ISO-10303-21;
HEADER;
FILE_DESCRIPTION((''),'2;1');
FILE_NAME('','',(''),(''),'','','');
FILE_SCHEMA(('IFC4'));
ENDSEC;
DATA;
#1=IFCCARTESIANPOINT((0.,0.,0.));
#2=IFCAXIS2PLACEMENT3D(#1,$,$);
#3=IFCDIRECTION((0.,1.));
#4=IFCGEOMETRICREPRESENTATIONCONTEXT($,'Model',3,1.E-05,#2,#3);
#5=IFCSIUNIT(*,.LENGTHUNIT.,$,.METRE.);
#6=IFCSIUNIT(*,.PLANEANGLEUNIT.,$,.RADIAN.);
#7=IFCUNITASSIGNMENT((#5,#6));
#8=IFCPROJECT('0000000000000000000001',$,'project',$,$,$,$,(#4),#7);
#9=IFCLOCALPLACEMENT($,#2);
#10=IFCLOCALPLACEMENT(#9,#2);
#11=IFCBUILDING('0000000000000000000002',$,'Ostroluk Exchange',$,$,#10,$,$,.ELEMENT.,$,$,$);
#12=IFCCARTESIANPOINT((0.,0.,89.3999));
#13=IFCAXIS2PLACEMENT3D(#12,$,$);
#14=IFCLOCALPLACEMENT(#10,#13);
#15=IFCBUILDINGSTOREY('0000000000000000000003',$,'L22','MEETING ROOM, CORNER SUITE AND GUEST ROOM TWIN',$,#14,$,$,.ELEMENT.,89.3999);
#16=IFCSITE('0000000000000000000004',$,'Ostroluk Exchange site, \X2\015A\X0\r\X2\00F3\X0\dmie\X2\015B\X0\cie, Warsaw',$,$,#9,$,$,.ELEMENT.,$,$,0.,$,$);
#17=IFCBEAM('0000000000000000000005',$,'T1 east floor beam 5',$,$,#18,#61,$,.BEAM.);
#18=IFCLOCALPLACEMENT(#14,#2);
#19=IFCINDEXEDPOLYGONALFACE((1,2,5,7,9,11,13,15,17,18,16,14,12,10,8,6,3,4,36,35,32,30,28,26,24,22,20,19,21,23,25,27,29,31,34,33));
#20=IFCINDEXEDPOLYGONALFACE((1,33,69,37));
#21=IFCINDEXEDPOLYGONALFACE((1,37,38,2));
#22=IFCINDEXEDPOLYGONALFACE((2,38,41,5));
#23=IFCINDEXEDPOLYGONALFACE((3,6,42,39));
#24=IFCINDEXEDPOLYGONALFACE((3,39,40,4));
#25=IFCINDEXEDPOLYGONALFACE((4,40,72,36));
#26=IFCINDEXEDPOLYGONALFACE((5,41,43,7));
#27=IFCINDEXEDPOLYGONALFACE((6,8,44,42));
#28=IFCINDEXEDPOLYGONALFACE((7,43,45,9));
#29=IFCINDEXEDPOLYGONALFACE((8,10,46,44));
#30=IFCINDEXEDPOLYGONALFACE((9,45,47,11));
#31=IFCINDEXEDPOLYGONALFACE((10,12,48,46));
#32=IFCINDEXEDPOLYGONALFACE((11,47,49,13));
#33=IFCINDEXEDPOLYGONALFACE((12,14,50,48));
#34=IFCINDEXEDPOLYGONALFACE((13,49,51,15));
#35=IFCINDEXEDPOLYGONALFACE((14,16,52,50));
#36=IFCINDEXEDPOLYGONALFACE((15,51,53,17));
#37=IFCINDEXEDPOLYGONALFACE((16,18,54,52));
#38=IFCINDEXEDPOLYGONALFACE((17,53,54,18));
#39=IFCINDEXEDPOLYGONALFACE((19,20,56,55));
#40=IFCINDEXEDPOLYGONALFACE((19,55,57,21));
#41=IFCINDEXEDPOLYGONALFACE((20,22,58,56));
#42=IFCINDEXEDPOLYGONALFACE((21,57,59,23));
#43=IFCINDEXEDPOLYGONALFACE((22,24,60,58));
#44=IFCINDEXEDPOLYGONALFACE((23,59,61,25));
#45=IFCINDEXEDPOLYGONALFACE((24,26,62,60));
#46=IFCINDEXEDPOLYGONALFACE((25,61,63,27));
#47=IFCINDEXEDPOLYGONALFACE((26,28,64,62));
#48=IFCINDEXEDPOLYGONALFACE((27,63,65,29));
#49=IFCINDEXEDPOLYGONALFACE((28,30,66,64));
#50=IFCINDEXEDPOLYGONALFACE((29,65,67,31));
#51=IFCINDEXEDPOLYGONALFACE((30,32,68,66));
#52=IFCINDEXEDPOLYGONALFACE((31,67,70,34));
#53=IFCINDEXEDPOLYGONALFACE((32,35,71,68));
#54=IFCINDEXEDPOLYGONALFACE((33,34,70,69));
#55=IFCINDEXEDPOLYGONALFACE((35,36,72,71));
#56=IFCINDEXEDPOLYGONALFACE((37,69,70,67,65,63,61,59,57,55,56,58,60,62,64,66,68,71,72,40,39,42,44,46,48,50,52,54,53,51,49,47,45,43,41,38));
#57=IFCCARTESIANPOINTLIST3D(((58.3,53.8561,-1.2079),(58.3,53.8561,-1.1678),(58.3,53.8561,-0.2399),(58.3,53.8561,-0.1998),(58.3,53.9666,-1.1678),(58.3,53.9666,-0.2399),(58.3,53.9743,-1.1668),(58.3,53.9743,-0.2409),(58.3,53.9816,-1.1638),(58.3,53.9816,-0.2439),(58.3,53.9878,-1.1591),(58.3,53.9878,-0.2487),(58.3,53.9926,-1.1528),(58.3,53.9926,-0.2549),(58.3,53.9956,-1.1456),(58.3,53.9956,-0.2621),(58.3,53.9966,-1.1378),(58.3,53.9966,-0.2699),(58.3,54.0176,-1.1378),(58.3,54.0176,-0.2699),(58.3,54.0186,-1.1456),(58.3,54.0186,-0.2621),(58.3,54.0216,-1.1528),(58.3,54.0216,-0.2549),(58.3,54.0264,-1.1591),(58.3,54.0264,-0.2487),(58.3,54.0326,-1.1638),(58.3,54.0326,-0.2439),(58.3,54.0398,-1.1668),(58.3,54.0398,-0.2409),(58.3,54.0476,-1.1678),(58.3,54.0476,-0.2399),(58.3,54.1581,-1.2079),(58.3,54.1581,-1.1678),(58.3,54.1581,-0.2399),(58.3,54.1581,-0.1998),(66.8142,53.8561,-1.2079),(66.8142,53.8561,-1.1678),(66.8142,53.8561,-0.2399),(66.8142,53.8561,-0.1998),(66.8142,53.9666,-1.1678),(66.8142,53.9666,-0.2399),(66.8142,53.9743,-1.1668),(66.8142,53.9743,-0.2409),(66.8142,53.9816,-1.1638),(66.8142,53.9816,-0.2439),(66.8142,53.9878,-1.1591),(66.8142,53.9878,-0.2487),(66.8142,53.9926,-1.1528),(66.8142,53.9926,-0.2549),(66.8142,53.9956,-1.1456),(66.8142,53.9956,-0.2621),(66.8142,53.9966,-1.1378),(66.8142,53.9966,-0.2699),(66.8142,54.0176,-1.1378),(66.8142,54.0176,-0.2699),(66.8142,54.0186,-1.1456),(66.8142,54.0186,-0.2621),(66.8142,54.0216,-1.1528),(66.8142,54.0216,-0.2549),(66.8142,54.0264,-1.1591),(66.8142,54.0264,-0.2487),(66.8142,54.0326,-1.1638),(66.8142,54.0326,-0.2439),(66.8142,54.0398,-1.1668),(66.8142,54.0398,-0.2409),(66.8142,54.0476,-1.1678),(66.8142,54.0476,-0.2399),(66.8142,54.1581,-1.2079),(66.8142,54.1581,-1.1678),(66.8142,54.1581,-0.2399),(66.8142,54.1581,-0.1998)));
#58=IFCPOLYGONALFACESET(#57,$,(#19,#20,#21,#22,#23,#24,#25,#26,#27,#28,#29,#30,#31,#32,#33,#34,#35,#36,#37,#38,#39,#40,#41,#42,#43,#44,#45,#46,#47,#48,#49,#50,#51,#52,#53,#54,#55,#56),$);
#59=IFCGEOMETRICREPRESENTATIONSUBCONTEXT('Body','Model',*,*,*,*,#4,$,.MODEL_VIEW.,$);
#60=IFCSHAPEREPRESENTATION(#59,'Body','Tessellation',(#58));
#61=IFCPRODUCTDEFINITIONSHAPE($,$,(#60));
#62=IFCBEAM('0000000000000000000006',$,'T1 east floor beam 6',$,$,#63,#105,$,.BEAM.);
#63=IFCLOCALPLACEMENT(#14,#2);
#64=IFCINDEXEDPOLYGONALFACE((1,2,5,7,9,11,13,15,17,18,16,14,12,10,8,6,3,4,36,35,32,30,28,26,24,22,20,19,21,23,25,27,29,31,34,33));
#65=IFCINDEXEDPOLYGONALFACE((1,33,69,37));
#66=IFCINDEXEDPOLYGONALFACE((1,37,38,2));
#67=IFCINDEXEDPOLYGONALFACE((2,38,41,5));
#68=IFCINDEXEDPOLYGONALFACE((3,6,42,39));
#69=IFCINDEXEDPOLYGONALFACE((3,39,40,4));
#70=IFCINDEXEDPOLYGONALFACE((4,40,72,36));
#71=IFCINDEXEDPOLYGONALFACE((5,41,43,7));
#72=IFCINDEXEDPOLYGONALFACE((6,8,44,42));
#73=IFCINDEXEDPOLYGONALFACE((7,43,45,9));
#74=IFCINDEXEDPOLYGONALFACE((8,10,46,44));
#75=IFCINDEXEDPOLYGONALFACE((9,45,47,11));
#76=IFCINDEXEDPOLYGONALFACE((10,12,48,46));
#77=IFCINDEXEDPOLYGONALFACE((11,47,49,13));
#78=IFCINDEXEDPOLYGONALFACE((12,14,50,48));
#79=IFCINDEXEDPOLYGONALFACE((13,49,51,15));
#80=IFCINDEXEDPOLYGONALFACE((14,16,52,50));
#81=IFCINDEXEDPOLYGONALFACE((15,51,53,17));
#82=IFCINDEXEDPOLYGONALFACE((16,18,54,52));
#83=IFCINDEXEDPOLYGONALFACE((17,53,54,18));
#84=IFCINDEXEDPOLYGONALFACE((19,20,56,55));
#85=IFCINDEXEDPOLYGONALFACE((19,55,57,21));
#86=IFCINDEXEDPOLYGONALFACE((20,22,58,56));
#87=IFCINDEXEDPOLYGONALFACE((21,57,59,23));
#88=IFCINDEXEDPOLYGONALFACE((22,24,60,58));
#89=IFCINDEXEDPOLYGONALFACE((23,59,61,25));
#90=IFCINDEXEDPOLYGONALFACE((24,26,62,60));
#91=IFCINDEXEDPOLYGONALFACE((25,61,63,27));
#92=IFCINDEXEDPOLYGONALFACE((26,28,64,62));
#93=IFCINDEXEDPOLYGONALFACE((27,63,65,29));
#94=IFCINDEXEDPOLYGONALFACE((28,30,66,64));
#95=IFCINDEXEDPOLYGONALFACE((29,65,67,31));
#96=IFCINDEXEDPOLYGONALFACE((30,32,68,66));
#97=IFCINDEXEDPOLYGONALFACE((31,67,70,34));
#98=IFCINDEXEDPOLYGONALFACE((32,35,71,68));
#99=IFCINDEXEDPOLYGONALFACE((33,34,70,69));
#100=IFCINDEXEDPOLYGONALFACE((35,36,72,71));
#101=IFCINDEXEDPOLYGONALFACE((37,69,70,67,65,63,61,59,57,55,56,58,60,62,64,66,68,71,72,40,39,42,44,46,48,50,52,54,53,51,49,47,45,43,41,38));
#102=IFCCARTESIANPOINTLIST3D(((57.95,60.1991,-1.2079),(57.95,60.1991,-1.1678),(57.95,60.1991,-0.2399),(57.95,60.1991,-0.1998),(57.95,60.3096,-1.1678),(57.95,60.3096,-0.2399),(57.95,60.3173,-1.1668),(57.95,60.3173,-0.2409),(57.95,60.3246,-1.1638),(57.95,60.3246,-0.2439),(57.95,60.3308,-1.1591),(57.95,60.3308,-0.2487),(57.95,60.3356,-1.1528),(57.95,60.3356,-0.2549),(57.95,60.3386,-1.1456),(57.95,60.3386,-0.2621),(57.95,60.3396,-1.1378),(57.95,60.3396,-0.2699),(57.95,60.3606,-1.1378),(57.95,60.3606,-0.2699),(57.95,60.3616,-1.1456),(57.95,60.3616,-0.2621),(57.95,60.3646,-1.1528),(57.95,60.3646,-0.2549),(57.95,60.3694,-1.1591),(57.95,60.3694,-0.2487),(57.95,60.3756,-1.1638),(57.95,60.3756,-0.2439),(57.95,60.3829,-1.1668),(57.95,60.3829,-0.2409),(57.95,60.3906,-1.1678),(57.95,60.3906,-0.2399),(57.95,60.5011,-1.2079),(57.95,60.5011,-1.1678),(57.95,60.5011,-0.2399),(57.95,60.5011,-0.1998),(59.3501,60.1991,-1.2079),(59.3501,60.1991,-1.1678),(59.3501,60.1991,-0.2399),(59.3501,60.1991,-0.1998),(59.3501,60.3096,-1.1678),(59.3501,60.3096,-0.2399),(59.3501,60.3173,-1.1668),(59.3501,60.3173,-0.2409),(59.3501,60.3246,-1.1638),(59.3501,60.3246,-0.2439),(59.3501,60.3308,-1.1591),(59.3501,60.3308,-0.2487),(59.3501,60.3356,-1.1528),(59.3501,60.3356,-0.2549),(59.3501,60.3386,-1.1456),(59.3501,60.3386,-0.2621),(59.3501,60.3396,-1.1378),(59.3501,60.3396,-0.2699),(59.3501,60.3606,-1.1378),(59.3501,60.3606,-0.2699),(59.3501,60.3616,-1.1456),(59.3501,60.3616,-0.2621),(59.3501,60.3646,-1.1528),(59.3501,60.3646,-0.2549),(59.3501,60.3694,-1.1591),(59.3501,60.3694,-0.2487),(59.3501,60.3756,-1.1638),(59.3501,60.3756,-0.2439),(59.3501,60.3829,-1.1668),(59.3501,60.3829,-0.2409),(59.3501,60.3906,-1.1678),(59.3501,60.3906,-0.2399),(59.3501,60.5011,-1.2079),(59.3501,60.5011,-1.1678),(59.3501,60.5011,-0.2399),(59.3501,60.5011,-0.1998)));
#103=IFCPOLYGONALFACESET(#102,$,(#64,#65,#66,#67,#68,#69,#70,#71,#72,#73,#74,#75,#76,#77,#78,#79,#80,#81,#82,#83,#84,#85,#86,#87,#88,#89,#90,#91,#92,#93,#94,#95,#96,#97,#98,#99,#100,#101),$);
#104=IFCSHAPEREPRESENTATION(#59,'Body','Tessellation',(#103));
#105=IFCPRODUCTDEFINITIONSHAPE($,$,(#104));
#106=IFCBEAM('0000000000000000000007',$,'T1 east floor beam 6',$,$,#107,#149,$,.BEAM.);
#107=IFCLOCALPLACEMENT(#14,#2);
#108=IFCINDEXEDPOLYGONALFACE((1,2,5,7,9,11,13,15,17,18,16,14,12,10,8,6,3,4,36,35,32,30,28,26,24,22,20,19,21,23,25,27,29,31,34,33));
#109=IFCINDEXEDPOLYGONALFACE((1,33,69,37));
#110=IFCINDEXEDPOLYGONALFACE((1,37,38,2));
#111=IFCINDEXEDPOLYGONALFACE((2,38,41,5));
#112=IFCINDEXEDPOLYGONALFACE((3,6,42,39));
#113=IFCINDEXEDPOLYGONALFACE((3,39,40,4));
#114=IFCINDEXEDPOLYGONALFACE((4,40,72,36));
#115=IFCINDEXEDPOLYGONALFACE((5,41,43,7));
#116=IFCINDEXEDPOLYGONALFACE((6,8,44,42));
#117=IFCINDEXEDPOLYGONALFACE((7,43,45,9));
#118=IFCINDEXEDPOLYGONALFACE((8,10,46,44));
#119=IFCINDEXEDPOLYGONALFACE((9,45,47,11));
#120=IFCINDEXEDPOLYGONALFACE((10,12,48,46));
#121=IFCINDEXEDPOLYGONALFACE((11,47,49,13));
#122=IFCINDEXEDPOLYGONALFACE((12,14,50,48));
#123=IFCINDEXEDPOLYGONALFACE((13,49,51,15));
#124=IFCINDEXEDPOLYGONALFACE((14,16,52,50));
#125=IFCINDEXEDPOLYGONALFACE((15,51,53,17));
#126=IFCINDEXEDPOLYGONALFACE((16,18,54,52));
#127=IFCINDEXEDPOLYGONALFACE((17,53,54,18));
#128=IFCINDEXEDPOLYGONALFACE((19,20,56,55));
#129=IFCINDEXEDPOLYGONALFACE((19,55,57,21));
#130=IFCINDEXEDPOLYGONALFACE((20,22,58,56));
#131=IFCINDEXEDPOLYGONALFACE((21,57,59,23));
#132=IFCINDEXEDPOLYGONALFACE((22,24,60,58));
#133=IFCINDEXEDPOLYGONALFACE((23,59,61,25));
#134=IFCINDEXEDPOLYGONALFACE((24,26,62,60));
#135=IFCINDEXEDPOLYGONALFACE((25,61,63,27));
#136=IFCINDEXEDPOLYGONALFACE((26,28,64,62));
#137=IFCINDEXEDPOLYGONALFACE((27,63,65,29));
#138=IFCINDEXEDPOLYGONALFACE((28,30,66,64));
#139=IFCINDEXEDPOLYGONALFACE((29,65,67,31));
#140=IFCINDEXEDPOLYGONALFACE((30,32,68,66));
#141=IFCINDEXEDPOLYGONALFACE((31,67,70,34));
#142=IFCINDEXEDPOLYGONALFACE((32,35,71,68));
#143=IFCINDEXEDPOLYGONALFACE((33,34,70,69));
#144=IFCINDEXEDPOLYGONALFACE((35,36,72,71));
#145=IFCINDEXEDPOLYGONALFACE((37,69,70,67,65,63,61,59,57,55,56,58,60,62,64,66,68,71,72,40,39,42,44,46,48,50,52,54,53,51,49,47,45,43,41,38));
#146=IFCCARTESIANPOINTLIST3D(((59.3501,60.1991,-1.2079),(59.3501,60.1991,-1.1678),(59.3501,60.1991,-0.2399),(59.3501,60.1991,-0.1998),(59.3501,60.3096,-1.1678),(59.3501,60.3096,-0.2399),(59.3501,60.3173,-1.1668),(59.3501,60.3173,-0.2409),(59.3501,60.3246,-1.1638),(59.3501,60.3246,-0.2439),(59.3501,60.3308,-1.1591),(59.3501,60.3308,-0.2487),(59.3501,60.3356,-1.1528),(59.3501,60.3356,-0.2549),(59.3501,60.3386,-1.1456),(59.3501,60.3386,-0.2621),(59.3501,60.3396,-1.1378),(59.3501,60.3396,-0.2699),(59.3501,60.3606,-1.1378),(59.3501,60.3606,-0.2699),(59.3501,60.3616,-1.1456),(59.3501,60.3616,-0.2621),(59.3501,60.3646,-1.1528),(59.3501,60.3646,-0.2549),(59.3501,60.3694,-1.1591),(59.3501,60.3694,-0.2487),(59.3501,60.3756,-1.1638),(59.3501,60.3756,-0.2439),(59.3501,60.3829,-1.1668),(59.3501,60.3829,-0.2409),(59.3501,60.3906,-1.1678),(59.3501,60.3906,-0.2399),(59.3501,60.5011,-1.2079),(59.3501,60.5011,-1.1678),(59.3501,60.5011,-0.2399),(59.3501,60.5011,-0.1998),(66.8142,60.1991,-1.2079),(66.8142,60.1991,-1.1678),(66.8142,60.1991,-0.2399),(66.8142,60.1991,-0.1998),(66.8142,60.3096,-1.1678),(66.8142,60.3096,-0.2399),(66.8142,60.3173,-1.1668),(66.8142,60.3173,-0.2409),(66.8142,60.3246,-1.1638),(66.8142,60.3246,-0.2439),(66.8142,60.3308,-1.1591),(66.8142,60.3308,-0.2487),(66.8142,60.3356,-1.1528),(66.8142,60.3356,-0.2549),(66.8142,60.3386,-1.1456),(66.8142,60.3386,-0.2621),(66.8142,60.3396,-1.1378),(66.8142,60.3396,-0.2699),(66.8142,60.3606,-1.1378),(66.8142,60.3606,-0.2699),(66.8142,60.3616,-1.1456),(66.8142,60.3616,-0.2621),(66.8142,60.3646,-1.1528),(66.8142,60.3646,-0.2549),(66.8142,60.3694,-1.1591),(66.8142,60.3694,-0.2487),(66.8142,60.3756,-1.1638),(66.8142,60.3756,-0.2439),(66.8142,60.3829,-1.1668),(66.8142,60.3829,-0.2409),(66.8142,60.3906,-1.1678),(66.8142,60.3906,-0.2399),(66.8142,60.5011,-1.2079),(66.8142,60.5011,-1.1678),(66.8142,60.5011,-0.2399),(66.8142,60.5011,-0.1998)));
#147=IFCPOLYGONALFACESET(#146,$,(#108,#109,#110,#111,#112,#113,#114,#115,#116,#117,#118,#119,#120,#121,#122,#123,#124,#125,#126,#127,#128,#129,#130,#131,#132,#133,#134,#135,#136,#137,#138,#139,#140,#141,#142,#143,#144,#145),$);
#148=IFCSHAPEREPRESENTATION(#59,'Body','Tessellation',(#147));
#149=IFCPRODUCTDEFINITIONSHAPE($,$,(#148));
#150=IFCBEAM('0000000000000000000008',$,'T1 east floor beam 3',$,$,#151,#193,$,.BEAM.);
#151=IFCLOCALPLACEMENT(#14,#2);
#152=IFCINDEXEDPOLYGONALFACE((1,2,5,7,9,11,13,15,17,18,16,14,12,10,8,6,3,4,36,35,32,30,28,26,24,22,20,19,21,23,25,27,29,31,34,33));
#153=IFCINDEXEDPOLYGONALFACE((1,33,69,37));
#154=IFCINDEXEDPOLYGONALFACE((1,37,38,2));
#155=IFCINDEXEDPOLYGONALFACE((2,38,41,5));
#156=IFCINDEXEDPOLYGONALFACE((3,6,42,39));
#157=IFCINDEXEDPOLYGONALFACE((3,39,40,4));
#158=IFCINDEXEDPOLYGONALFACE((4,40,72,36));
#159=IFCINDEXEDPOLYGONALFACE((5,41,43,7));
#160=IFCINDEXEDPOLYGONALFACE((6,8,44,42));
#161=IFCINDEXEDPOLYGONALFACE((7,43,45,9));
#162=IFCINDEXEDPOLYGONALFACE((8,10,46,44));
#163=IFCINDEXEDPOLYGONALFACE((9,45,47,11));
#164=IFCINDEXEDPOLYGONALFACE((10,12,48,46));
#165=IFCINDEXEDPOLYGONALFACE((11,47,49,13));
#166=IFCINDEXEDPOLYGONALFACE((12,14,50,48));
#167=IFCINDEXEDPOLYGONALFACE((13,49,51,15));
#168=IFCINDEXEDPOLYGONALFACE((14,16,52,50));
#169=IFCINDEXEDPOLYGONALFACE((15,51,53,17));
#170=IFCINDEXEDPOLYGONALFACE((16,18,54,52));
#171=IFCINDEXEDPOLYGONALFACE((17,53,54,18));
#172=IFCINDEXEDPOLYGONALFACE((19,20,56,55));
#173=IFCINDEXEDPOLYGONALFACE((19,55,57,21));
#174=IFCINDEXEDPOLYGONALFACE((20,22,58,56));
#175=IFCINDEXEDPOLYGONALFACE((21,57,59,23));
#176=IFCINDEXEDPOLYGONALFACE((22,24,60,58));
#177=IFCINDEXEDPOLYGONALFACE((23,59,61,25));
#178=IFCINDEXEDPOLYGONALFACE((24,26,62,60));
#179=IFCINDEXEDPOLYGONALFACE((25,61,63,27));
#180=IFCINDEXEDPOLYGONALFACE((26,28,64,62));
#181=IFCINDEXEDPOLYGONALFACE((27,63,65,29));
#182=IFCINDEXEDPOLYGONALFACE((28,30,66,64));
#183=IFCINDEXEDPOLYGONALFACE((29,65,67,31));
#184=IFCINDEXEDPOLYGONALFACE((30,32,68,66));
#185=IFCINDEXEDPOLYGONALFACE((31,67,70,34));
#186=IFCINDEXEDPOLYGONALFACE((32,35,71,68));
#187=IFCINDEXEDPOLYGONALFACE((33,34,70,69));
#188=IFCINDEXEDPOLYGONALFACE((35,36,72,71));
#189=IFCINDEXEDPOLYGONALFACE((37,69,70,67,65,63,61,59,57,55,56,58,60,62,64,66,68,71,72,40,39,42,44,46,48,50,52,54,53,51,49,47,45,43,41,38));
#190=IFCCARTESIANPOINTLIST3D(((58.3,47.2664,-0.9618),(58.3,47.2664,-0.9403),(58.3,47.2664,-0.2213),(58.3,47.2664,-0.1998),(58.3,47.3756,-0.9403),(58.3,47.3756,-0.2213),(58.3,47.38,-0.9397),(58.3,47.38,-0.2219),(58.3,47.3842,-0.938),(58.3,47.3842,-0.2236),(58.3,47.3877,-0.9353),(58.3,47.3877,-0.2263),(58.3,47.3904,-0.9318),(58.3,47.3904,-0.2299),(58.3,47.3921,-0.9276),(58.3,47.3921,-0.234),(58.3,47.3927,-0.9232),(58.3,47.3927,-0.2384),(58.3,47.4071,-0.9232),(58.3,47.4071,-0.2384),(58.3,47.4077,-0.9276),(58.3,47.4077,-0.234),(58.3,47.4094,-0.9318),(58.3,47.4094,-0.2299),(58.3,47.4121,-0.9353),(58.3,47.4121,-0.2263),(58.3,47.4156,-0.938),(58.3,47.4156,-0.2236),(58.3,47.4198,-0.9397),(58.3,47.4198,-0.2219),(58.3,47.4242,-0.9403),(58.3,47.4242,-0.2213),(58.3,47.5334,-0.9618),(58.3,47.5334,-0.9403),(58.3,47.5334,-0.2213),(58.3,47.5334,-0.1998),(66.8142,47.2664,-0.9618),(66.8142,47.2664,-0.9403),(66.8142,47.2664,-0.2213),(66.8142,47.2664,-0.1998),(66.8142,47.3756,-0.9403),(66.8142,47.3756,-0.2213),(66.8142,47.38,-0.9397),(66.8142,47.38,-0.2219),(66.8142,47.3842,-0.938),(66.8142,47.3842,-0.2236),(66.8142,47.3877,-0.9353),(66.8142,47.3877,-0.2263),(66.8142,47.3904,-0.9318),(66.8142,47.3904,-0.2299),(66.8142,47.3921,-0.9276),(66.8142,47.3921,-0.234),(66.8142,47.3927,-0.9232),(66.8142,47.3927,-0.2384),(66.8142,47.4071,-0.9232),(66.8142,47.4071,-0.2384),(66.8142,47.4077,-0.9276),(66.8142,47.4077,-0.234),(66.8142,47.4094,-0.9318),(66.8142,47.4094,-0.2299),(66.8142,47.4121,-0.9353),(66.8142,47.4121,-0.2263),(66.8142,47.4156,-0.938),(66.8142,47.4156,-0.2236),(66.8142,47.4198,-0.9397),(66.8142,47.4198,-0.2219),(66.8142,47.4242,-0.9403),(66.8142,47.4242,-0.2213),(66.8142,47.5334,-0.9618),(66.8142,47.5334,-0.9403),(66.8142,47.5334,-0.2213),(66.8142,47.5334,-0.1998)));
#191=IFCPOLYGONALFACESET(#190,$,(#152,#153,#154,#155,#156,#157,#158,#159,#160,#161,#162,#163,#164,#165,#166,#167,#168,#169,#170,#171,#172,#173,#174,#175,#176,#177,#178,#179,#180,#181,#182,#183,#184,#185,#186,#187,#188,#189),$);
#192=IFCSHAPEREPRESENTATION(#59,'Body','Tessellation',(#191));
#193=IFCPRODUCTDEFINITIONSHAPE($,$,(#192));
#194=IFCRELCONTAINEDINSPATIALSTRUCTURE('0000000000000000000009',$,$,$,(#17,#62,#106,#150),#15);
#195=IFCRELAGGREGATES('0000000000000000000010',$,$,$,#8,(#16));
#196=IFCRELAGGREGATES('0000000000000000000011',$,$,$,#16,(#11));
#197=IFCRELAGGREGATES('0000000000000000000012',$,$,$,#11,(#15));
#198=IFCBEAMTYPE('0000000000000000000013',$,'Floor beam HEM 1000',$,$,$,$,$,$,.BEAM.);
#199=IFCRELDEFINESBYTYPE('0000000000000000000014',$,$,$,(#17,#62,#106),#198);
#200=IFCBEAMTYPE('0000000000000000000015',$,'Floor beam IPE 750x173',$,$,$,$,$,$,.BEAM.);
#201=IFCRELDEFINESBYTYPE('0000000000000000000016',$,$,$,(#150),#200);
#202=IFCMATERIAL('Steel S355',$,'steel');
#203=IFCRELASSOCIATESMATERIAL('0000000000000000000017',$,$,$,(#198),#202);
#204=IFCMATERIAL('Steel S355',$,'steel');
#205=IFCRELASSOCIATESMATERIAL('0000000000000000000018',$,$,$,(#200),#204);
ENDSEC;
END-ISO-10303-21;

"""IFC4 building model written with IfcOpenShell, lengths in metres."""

from ifc_helpers import new_model, si_unit, direction, frame, origin, origin_2d, place, context, subcontext, project, spatial, i_section, extrude, material, material_profile, profile_set, type_object, element, save


model = new_model("IFC4")

# Units and contexts
model_context = context("Model", 3, precision=1e-05, world=origin(), true_north=direction((0.0, 1.0)))
body_context = subcontext(model_context, "Body", "Model", "MODEL_VIEW")
ifc_project = project(units=[si_unit("LENGTHUNIT", "METRE"), si_unit("PLANEANGLEUNIT", "RADIAN")], contexts=[model_context])

# Site, building, storey
site_placement = place(None, origin())
site = spatial("IfcSite", under=ifc_project, at=site_placement, Name="Ostroluk Exchange site, Śródmieście, Warsaw", CompositionType="ELEMENT", RefElevation=0.0)
building_placement = place(site_placement, origin())
building = spatial("IfcBuilding", under=site, at=building_placement, Name="Ostroluk Exchange", CompositionType="ELEMENT")
storey_placement = place(building_placement, frame((0.0, 0.0, 89.3999)))
storey = spatial("IfcBuildingStorey", under=building, at=storey_placement, Name="L22", Description="MEETING ROOM, CORNER SUITE AND GUEST ROOM TWIN", CompositionType="ELEMENT", Elevation=89.3999)

# Beams
ifc_material_1 = material(Name="Steel S355", Category="steel")
ifc_material_profile_1 = material_profile(ifc_material_1, i_section(OverallWidth=0.302, OverallDepth=1.0081, WebThickness=0.021, FlangeThickness=0.04, FilletRadius=0.03, at=origin_2d()), Name="HEM 1000")
ifc_profile_set_1 = profile_set([ifc_material_profile_1], Name="Steel S355")
beam_type_1 = type_object("IfcBeamType", Name="Floor beam HEM 1000", PredefinedType="BEAM", material=ifc_profile_set_1)
beam_1_placement = place(storey_placement, frame((58.3, 54.0071, -0.7039), z_axis=(1.0, 0.0, 0.0), x_axis=(0.0, 1.0, 0.0)))
element("IfcBeam", 1, at=beam_1_placement, inside=storey, type_object=beam_type_1, Name="T1 east floor beam 5", PredefinedType="BEAM", context=body_context, shape_type="SweptSolid", body=[
    extrude(i_section(OverallWidth=0.302, OverallDepth=1.0081, WebThickness=0.021, FlangeThickness=0.04, FilletRadius=0.03, at=origin_2d()), origin(), (0.0, 0.0, 1.0), 8.5142),
])
beam_2_placement = place(storey_placement, frame((57.95, 60.3501, -0.7039), z_axis=(1.0, 0.0, 0.0), x_axis=(0.0, 1.0, 0.0)))
element("IfcBeam", 2, at=beam_2_placement, inside=storey, type_object=beam_type_1, Name="T1 east floor beam 6", PredefinedType="BEAM", context=body_context, shape_type="SweptSolid", body=[
    extrude(i_section(OverallWidth=0.302, OverallDepth=1.0081, WebThickness=0.021, FlangeThickness=0.04, FilletRadius=0.03, at=origin_2d()), origin(), (0.0, 0.0, 1.0), 1.4001),
])
beam_3_placement = place(storey_placement, frame((59.3501, 60.3501, -0.7039), z_axis=(1.0, 0.0, 0.0), x_axis=(0.0, 1.0, 0.0)))
element("IfcBeam", 3, at=beam_3_placement, inside=storey, type_object=beam_type_1, Name="T1 east floor beam 6", PredefinedType="BEAM", context=body_context, shape_type="SweptSolid", body=[
    extrude(i_section(OverallWidth=0.302, OverallDepth=1.0081, WebThickness=0.021, FlangeThickness=0.04, FilletRadius=0.03, at=origin_2d()), origin(), (0.0, 0.0, 1.0), 7.4641),
])
ifc_material_2 = material(Name="Steel S355", Category="steel")
ifc_material_profile_2 = material_profile(ifc_material_2, i_section(OverallWidth=0.2671, OverallDepth=0.762, WebThickness=0.0144, FlangeThickness=0.0215, FilletRadius=0.0171, at=origin_2d()), Name="IPE 750x173")
ifc_profile_set_2 = profile_set([ifc_material_profile_2], Name="Steel S355")
beam_type_2 = type_object("IfcBeamType", Name="Floor beam IPE 750x173", PredefinedType="BEAM", material=ifc_profile_set_2)
for number, where, z_axis, x_axis, name in (
    (4, (58.3, 47.3999, -0.5808), (1.0, 0.0, 0.0), (0.0, 1.0, 0.0), "T1 east floor beam 3"),
):
    element("IfcBeam", number, at=place(storey_placement, frame(where, z_axis=z_axis, x_axis=x_axis)), inside=storey, type_object=beam_type_2, Name=name, PredefinedType="BEAM", context=body_context, shape_type="SweptSolid", body=[
        extrude(i_section(OverallWidth=0.2671, OverallDepth=0.762, WebThickness=0.0144, FlangeThickness=0.0215, FilletRadius=0.0171, at=origin_2d()), origin(), (0.0, 0.0, 1.0), 8.5142),
    ])

save(model, "model.ifc")
